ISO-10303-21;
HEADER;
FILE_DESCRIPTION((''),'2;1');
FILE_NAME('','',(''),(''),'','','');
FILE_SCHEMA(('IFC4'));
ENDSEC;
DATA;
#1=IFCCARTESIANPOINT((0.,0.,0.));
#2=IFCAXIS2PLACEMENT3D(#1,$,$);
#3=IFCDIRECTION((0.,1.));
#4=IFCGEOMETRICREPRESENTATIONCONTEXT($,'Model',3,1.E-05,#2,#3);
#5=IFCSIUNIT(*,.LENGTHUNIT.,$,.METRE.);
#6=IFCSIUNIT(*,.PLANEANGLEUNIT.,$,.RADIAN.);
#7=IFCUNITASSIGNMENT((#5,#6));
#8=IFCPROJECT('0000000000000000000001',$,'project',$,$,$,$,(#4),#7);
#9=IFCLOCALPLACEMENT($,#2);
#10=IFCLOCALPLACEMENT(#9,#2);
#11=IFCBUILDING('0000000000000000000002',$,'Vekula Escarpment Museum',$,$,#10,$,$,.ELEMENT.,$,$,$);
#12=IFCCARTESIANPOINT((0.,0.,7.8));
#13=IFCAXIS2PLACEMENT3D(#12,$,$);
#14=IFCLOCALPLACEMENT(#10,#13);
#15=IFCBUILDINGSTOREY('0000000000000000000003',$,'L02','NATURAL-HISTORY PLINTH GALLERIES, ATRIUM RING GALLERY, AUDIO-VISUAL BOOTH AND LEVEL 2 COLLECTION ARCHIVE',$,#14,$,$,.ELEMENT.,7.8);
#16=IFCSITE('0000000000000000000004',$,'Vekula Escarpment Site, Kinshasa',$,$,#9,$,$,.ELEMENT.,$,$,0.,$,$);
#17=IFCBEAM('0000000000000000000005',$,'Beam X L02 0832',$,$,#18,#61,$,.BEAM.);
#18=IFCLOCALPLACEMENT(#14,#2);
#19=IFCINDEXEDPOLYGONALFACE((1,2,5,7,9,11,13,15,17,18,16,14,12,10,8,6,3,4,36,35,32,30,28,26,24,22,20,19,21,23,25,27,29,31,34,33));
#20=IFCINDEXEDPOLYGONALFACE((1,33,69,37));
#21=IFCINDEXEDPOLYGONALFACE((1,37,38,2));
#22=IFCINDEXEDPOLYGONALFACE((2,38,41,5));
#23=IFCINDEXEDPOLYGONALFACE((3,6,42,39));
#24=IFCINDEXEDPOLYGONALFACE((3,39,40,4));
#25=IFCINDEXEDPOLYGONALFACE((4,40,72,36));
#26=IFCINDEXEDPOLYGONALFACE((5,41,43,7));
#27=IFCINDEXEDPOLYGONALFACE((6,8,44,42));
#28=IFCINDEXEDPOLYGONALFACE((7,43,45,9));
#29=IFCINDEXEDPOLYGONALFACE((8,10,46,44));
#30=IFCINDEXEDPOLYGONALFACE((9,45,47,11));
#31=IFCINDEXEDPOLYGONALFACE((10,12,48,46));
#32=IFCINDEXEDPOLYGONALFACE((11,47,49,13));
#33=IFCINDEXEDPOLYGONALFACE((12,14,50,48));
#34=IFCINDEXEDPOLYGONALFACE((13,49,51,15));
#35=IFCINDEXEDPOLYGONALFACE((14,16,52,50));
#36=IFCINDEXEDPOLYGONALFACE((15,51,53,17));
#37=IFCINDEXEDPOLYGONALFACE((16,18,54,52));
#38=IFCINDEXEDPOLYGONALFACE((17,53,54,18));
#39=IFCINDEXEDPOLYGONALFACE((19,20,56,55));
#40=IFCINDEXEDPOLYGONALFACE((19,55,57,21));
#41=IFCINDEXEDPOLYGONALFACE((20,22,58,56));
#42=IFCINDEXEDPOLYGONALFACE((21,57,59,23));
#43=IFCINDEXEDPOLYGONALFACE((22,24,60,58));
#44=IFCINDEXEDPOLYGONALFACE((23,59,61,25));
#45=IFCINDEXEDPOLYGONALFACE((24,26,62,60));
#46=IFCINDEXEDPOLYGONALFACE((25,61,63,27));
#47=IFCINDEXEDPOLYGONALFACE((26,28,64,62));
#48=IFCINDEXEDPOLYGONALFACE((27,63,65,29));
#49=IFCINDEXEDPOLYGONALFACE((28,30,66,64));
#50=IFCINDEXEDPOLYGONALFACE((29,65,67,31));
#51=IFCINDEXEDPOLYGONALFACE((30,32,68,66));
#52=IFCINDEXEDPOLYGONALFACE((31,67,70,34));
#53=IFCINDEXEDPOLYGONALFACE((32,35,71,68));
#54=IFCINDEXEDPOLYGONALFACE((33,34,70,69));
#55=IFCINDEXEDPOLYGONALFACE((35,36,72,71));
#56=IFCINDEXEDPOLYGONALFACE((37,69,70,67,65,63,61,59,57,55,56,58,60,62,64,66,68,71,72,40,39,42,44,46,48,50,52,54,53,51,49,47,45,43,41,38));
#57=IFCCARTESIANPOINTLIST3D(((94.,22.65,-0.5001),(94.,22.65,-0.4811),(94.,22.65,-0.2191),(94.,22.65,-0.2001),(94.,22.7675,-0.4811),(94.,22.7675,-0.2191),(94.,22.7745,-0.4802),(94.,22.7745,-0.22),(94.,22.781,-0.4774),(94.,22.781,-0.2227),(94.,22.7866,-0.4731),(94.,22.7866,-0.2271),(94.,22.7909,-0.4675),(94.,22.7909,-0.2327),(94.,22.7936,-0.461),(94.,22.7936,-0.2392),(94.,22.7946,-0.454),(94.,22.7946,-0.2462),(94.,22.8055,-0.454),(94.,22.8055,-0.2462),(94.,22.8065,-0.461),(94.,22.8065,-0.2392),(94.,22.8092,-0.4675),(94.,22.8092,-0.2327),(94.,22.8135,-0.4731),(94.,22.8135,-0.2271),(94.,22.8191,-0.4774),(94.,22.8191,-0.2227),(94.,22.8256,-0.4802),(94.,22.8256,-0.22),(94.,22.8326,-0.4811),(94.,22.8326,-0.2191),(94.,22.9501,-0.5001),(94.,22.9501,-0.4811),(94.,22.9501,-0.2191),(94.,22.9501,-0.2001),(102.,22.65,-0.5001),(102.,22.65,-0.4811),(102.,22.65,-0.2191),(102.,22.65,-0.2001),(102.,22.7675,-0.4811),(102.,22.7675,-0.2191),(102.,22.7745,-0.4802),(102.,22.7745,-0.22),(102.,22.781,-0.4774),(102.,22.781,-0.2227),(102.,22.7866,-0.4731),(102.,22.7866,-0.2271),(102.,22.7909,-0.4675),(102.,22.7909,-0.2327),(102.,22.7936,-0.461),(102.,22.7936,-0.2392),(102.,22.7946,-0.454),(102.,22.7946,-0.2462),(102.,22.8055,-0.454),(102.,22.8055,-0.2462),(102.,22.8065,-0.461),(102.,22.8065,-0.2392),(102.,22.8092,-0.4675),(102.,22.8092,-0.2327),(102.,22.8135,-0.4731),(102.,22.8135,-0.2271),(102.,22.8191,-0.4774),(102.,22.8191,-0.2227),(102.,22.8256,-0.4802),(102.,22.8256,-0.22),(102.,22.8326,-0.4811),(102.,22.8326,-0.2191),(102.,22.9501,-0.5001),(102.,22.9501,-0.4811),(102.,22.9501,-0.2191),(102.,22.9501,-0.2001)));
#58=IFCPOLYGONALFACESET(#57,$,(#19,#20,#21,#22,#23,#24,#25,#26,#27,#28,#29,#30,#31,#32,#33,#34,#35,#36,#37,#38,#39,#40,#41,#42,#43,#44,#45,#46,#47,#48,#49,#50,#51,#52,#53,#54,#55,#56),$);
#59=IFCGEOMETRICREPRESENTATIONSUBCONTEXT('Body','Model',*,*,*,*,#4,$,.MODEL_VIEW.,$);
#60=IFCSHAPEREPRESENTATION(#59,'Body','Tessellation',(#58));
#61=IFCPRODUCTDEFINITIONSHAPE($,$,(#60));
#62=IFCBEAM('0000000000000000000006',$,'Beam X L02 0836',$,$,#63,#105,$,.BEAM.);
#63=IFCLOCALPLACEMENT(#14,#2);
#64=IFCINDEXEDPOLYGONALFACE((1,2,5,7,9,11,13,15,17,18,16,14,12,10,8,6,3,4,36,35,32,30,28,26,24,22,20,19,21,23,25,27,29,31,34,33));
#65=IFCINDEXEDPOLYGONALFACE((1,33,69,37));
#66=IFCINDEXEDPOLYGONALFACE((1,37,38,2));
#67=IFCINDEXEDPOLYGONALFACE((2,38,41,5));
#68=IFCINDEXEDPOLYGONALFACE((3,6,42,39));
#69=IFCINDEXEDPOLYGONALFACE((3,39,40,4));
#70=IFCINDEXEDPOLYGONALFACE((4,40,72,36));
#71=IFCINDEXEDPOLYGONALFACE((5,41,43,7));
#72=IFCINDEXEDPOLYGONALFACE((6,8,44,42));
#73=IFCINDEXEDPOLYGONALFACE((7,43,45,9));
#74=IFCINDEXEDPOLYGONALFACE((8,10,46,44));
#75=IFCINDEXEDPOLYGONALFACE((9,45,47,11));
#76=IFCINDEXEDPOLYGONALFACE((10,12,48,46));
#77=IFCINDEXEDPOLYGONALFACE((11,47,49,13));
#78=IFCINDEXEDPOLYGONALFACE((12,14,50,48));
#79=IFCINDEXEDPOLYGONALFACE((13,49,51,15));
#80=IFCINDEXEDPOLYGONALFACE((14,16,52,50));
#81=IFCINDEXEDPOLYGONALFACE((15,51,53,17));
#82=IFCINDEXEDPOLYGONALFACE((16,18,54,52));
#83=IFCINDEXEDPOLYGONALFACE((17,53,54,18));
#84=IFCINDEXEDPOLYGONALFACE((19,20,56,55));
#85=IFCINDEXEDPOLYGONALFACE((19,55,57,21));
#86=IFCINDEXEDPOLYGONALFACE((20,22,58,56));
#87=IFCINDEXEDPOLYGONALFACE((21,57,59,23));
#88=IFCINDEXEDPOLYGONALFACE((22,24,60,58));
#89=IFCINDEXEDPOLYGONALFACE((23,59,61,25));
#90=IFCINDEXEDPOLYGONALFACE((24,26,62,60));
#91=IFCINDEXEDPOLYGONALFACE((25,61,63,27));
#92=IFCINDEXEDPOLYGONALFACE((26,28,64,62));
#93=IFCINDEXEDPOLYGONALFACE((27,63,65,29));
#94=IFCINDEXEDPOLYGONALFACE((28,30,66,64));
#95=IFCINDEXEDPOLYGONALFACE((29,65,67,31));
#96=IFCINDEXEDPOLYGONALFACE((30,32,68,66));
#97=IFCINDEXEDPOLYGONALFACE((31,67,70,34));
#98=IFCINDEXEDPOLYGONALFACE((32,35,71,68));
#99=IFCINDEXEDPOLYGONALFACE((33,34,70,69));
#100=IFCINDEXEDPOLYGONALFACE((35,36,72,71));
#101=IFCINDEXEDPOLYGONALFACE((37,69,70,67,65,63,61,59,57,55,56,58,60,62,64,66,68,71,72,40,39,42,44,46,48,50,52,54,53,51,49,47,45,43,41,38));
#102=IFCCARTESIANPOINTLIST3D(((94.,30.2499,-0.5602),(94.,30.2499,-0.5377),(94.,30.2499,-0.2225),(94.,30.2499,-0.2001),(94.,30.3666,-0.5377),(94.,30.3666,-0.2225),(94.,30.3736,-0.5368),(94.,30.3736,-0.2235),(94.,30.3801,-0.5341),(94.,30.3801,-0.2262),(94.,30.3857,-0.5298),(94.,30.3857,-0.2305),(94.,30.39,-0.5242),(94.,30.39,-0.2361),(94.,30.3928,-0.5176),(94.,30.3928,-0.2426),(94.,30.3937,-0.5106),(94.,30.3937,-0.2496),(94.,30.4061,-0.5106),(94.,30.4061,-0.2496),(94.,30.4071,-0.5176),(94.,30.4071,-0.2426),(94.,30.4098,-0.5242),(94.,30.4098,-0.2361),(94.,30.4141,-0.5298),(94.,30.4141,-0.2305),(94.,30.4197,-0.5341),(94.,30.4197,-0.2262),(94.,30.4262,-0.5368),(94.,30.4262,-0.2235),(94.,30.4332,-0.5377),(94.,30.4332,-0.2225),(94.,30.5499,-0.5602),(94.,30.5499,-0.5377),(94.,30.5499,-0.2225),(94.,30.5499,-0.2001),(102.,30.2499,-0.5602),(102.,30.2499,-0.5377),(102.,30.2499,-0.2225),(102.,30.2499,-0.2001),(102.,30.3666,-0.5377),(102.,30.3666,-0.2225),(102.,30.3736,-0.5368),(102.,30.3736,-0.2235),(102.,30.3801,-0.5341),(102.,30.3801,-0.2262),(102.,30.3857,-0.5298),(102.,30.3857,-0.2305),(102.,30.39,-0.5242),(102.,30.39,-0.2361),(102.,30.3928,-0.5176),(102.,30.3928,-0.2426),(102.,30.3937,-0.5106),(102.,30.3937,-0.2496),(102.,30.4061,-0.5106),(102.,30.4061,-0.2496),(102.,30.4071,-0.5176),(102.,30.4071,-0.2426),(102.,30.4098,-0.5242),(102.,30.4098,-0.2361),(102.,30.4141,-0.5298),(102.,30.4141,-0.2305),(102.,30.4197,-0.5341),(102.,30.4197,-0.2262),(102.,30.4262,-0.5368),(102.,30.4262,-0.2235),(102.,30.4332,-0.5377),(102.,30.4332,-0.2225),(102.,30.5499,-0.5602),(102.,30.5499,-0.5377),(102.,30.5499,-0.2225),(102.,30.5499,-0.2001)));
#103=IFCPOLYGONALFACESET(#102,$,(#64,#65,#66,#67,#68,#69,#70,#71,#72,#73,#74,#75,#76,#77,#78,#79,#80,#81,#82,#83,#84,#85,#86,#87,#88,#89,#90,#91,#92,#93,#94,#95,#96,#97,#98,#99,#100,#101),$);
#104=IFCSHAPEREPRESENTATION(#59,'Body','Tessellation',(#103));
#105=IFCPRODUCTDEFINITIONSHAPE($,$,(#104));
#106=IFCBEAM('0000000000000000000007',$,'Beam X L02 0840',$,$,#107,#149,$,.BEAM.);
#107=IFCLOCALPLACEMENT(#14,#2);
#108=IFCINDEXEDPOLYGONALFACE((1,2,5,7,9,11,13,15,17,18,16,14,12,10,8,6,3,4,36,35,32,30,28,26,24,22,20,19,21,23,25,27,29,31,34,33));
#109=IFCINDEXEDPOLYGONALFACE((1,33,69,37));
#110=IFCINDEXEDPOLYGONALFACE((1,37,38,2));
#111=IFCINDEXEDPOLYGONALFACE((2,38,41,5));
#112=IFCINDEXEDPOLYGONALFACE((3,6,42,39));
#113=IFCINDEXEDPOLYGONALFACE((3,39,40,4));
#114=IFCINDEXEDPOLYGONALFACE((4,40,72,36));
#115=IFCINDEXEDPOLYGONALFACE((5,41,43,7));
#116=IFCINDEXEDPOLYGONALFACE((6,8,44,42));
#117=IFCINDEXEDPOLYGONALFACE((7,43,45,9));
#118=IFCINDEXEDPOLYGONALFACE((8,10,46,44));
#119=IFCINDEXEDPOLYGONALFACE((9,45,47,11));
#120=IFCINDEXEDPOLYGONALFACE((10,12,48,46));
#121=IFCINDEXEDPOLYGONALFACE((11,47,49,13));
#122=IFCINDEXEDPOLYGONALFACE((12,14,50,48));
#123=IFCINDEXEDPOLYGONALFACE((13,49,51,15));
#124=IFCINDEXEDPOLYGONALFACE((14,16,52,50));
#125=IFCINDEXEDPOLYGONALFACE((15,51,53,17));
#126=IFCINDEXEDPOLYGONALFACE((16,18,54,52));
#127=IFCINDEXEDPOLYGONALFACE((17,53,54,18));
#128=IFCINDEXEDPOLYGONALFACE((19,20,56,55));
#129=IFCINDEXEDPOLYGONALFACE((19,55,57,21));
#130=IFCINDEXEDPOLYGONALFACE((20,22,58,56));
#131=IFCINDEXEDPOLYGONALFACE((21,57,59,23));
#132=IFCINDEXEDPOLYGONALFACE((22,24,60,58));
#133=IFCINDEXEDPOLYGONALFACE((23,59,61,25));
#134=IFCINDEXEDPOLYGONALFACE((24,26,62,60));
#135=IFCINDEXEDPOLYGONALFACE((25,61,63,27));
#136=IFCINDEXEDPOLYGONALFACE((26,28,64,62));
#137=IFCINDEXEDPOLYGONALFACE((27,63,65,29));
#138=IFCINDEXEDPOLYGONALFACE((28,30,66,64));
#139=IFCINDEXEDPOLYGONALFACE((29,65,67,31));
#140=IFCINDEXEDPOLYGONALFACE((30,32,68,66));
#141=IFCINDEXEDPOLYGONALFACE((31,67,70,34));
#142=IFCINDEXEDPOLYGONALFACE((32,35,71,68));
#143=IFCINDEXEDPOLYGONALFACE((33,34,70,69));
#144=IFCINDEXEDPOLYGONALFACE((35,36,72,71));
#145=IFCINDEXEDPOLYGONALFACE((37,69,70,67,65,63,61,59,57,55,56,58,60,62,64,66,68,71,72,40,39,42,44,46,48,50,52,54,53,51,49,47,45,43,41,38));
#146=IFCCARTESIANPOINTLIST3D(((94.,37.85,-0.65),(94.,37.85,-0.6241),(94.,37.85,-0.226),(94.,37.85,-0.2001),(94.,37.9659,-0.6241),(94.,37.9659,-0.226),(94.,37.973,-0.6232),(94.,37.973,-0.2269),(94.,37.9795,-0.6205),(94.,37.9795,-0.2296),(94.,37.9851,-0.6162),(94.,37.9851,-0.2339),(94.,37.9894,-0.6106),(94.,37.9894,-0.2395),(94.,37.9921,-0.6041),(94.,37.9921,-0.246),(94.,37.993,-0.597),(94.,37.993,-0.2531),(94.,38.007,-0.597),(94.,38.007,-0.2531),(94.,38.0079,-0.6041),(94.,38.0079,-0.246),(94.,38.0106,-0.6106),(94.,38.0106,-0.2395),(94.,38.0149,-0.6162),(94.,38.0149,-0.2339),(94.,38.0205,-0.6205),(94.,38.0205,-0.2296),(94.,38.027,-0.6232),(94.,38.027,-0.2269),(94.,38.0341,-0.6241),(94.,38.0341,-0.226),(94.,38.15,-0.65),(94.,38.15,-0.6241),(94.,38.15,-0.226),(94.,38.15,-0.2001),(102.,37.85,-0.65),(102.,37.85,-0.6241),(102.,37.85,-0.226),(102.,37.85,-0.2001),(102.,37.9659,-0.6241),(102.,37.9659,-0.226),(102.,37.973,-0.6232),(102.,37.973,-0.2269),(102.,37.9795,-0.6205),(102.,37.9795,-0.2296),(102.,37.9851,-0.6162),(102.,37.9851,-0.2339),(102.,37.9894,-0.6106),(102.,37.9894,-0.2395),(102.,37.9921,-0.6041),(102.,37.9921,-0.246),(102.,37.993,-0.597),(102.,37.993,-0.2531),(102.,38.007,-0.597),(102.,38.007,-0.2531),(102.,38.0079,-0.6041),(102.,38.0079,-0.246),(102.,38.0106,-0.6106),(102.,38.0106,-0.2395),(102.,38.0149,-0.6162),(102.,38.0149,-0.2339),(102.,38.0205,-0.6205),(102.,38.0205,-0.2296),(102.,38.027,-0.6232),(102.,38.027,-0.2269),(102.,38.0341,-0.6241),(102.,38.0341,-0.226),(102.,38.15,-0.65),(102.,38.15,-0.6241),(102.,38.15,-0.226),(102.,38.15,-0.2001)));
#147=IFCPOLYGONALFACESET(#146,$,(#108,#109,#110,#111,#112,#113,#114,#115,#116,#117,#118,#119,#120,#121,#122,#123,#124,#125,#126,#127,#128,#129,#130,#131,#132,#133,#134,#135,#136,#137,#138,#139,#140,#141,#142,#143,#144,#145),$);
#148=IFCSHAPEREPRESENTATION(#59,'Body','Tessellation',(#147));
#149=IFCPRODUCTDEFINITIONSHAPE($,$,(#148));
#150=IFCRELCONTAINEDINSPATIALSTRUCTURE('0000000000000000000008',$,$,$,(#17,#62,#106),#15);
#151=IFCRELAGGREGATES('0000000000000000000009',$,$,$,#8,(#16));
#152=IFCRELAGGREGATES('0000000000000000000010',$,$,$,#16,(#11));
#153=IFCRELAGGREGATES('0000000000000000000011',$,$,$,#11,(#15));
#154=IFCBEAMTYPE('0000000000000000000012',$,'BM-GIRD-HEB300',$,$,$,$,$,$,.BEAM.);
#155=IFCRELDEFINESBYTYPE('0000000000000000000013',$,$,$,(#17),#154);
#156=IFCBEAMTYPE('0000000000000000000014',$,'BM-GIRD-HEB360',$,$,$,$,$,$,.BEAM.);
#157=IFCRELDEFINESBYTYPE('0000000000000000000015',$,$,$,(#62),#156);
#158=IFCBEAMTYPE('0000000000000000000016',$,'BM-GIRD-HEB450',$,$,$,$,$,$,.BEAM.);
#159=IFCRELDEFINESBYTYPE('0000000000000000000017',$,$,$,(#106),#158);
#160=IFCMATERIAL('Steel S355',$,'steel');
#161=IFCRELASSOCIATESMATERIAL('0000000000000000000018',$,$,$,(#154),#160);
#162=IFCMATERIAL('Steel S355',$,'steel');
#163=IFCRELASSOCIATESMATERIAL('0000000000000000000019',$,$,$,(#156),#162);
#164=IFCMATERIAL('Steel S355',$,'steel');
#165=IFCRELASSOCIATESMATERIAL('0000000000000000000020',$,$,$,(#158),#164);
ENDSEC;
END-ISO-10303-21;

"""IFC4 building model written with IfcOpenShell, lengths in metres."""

from ifc_helpers import new_model, si_unit, direction, frame, origin, origin_2d, place, context, subcontext, project, spatial, i_section, extrude, material, material_profile, profile_set, type_object, element, save


model = new_model("IFC4")

# Units and contexts
model_context = context("Model", 3, precision=1e-05, world=origin(), true_north=direction((0.0, 1.0)))
body_context = subcontext(model_context, "Body", "Model", "MODEL_VIEW")
ifc_project = project(units=[si_unit("LENGTHUNIT", "METRE"), si_unit("PLANEANGLEUNIT", "RADIAN")], contexts=[model_context])

# Site, building, storey
site_placement = place(None, origin())
site = spatial("IfcSite", under=ifc_project, at=site_placement, Name="Vekula Escarpment Site, Kinshasa", CompositionType="ELEMENT", RefElevation=0.0)
building_placement = place(site_placement, origin())
building = spatial("IfcBuilding", under=site, at=building_placement, Name="Vekula Escarpment Museum", CompositionType="ELEMENT")
storey_placement = place(building_placement, frame((0.0, 0.0, 7.8)))
storey = spatial("IfcBuildingStorey", under=building, at=storey_placement, Name="L02", Description="NATURAL-HISTORY PLINTH GALLERIES, ATRIUM RING GALLERY, AUDIO-VISUAL BOOTH AND LEVEL 2 COLLECTION ARCHIVE", CompositionType="ELEMENT", Elevation=7.8)

# Beams
ifc_material_1 = material(Name="Steel S355", Category="steel")
ifc_material_profile_1 = material_profile(ifc_material_1, i_section(OverallWidth=0.3, OverallDepth=0.3, WebThickness=0.011, FlangeThickness=0.019, FilletRadius=0.0271, at=origin_2d()), Name="HEB 300")
ifc_profile_set_1 = profile_set([ifc_material_profile_1], Name="Steel S355")
beam_type_1 = type_object("IfcBeamType", Name="BM-GIRD-HEB300", PredefinedType="BEAM", material=ifc_profile_set_1)
beam_1_placement = place(storey_placement, frame((94.0, 22.8, -0.3501), z_axis=(1.0, 0.0, 0.0), x_axis=(0.0, 1.0, 0.0)))
element("IfcBeam", 1, at=beam_1_placement, inside=storey, type_object=beam_type_1, Name="Beam X L02 0832", PredefinedType="BEAM", context=body_context, shape_type="SweptSolid", body=[
    extrude(i_section(OverallWidth=0.3, OverallDepth=0.3, WebThickness=0.011, FlangeThickness=0.019, FilletRadius=0.0271, at=origin_2d()), origin(), (0.0, 0.0, 1.0), 8.0),
])
ifc_material_2 = material(Name="Steel S355", Category="steel")
ifc_material_profile_2 = material_profile(ifc_material_2, i_section(OverallWidth=0.3, OverallDepth=0.3601, WebThickness=0.0125, FlangeThickness=0.0225, FilletRadius=0.0271, at=origin_2d()), Name="HEB 360")
ifc_profile_set_2 = profile_set([ifc_material_profile_2], Name="Steel S355")
beam_type_2 = type_object("IfcBeamType", Name="BM-GIRD-HEB360", PredefinedType="BEAM", material=ifc_profile_set_2)
beam_2_placement = place(storey_placement, frame((94.0, 30.3999, -0.3801), z_axis=(1.0, 0.0, 0.0), x_axis=(0.0, 1.0, 0.0)))
element("IfcBeam", 2, at=beam_2_placement, inside=storey, type_object=beam_type_2, Name="Beam X L02 0836", PredefinedType="BEAM", context=body_context, shape_type="SweptSolid", body=[
    extrude(i_section(OverallWidth=0.3, OverallDepth=0.3601, WebThickness=0.0125, FlangeThickness=0.0225, FilletRadius=0.0271, at=origin_2d()), origin(), (0.0, 0.0, 1.0), 8.0),
])
ifc_material_3 = material(Name="Steel S355", Category="steel")
ifc_material_profile_3 = material_profile(ifc_material_3, i_section(OverallWidth=0.3, OverallDepth=0.45, WebThickness=0.0139, FlangeThickness=0.0259, FilletRadius=0.0271, at=origin_2d()), Name="HEB 450")
ifc_profile_set_3 = profile_set([ifc_material_profile_3], Name="Steel S355")
beam_type_3 = type_object("IfcBeamType", Name="BM-GIRD-HEB450", PredefinedType="BEAM", material=ifc_profile_set_3)
beam_3_placement = place(storey_placement, frame((94.0, 38.0, -0.425), z_axis=(1.0, 0.0, 0.0), x_axis=(0.0, 1.0, 0.0)))
element("IfcBeam", 3, at=beam_3_placement, inside=storey, type_object=beam_type_3, Name="Beam X L02 0840", PredefinedType="BEAM", context=body_context, shape_type="SweptSolid", body=[
    extrude(i_section(OverallWidth=0.3, OverallDepth=0.45, WebThickness=0.0139, FlangeThickness=0.0259, FilletRadius=0.0271, at=origin_2d()), origin(), (0.0, 0.0, 1.0), 8.0),
])

save(model, "model.ifc")
